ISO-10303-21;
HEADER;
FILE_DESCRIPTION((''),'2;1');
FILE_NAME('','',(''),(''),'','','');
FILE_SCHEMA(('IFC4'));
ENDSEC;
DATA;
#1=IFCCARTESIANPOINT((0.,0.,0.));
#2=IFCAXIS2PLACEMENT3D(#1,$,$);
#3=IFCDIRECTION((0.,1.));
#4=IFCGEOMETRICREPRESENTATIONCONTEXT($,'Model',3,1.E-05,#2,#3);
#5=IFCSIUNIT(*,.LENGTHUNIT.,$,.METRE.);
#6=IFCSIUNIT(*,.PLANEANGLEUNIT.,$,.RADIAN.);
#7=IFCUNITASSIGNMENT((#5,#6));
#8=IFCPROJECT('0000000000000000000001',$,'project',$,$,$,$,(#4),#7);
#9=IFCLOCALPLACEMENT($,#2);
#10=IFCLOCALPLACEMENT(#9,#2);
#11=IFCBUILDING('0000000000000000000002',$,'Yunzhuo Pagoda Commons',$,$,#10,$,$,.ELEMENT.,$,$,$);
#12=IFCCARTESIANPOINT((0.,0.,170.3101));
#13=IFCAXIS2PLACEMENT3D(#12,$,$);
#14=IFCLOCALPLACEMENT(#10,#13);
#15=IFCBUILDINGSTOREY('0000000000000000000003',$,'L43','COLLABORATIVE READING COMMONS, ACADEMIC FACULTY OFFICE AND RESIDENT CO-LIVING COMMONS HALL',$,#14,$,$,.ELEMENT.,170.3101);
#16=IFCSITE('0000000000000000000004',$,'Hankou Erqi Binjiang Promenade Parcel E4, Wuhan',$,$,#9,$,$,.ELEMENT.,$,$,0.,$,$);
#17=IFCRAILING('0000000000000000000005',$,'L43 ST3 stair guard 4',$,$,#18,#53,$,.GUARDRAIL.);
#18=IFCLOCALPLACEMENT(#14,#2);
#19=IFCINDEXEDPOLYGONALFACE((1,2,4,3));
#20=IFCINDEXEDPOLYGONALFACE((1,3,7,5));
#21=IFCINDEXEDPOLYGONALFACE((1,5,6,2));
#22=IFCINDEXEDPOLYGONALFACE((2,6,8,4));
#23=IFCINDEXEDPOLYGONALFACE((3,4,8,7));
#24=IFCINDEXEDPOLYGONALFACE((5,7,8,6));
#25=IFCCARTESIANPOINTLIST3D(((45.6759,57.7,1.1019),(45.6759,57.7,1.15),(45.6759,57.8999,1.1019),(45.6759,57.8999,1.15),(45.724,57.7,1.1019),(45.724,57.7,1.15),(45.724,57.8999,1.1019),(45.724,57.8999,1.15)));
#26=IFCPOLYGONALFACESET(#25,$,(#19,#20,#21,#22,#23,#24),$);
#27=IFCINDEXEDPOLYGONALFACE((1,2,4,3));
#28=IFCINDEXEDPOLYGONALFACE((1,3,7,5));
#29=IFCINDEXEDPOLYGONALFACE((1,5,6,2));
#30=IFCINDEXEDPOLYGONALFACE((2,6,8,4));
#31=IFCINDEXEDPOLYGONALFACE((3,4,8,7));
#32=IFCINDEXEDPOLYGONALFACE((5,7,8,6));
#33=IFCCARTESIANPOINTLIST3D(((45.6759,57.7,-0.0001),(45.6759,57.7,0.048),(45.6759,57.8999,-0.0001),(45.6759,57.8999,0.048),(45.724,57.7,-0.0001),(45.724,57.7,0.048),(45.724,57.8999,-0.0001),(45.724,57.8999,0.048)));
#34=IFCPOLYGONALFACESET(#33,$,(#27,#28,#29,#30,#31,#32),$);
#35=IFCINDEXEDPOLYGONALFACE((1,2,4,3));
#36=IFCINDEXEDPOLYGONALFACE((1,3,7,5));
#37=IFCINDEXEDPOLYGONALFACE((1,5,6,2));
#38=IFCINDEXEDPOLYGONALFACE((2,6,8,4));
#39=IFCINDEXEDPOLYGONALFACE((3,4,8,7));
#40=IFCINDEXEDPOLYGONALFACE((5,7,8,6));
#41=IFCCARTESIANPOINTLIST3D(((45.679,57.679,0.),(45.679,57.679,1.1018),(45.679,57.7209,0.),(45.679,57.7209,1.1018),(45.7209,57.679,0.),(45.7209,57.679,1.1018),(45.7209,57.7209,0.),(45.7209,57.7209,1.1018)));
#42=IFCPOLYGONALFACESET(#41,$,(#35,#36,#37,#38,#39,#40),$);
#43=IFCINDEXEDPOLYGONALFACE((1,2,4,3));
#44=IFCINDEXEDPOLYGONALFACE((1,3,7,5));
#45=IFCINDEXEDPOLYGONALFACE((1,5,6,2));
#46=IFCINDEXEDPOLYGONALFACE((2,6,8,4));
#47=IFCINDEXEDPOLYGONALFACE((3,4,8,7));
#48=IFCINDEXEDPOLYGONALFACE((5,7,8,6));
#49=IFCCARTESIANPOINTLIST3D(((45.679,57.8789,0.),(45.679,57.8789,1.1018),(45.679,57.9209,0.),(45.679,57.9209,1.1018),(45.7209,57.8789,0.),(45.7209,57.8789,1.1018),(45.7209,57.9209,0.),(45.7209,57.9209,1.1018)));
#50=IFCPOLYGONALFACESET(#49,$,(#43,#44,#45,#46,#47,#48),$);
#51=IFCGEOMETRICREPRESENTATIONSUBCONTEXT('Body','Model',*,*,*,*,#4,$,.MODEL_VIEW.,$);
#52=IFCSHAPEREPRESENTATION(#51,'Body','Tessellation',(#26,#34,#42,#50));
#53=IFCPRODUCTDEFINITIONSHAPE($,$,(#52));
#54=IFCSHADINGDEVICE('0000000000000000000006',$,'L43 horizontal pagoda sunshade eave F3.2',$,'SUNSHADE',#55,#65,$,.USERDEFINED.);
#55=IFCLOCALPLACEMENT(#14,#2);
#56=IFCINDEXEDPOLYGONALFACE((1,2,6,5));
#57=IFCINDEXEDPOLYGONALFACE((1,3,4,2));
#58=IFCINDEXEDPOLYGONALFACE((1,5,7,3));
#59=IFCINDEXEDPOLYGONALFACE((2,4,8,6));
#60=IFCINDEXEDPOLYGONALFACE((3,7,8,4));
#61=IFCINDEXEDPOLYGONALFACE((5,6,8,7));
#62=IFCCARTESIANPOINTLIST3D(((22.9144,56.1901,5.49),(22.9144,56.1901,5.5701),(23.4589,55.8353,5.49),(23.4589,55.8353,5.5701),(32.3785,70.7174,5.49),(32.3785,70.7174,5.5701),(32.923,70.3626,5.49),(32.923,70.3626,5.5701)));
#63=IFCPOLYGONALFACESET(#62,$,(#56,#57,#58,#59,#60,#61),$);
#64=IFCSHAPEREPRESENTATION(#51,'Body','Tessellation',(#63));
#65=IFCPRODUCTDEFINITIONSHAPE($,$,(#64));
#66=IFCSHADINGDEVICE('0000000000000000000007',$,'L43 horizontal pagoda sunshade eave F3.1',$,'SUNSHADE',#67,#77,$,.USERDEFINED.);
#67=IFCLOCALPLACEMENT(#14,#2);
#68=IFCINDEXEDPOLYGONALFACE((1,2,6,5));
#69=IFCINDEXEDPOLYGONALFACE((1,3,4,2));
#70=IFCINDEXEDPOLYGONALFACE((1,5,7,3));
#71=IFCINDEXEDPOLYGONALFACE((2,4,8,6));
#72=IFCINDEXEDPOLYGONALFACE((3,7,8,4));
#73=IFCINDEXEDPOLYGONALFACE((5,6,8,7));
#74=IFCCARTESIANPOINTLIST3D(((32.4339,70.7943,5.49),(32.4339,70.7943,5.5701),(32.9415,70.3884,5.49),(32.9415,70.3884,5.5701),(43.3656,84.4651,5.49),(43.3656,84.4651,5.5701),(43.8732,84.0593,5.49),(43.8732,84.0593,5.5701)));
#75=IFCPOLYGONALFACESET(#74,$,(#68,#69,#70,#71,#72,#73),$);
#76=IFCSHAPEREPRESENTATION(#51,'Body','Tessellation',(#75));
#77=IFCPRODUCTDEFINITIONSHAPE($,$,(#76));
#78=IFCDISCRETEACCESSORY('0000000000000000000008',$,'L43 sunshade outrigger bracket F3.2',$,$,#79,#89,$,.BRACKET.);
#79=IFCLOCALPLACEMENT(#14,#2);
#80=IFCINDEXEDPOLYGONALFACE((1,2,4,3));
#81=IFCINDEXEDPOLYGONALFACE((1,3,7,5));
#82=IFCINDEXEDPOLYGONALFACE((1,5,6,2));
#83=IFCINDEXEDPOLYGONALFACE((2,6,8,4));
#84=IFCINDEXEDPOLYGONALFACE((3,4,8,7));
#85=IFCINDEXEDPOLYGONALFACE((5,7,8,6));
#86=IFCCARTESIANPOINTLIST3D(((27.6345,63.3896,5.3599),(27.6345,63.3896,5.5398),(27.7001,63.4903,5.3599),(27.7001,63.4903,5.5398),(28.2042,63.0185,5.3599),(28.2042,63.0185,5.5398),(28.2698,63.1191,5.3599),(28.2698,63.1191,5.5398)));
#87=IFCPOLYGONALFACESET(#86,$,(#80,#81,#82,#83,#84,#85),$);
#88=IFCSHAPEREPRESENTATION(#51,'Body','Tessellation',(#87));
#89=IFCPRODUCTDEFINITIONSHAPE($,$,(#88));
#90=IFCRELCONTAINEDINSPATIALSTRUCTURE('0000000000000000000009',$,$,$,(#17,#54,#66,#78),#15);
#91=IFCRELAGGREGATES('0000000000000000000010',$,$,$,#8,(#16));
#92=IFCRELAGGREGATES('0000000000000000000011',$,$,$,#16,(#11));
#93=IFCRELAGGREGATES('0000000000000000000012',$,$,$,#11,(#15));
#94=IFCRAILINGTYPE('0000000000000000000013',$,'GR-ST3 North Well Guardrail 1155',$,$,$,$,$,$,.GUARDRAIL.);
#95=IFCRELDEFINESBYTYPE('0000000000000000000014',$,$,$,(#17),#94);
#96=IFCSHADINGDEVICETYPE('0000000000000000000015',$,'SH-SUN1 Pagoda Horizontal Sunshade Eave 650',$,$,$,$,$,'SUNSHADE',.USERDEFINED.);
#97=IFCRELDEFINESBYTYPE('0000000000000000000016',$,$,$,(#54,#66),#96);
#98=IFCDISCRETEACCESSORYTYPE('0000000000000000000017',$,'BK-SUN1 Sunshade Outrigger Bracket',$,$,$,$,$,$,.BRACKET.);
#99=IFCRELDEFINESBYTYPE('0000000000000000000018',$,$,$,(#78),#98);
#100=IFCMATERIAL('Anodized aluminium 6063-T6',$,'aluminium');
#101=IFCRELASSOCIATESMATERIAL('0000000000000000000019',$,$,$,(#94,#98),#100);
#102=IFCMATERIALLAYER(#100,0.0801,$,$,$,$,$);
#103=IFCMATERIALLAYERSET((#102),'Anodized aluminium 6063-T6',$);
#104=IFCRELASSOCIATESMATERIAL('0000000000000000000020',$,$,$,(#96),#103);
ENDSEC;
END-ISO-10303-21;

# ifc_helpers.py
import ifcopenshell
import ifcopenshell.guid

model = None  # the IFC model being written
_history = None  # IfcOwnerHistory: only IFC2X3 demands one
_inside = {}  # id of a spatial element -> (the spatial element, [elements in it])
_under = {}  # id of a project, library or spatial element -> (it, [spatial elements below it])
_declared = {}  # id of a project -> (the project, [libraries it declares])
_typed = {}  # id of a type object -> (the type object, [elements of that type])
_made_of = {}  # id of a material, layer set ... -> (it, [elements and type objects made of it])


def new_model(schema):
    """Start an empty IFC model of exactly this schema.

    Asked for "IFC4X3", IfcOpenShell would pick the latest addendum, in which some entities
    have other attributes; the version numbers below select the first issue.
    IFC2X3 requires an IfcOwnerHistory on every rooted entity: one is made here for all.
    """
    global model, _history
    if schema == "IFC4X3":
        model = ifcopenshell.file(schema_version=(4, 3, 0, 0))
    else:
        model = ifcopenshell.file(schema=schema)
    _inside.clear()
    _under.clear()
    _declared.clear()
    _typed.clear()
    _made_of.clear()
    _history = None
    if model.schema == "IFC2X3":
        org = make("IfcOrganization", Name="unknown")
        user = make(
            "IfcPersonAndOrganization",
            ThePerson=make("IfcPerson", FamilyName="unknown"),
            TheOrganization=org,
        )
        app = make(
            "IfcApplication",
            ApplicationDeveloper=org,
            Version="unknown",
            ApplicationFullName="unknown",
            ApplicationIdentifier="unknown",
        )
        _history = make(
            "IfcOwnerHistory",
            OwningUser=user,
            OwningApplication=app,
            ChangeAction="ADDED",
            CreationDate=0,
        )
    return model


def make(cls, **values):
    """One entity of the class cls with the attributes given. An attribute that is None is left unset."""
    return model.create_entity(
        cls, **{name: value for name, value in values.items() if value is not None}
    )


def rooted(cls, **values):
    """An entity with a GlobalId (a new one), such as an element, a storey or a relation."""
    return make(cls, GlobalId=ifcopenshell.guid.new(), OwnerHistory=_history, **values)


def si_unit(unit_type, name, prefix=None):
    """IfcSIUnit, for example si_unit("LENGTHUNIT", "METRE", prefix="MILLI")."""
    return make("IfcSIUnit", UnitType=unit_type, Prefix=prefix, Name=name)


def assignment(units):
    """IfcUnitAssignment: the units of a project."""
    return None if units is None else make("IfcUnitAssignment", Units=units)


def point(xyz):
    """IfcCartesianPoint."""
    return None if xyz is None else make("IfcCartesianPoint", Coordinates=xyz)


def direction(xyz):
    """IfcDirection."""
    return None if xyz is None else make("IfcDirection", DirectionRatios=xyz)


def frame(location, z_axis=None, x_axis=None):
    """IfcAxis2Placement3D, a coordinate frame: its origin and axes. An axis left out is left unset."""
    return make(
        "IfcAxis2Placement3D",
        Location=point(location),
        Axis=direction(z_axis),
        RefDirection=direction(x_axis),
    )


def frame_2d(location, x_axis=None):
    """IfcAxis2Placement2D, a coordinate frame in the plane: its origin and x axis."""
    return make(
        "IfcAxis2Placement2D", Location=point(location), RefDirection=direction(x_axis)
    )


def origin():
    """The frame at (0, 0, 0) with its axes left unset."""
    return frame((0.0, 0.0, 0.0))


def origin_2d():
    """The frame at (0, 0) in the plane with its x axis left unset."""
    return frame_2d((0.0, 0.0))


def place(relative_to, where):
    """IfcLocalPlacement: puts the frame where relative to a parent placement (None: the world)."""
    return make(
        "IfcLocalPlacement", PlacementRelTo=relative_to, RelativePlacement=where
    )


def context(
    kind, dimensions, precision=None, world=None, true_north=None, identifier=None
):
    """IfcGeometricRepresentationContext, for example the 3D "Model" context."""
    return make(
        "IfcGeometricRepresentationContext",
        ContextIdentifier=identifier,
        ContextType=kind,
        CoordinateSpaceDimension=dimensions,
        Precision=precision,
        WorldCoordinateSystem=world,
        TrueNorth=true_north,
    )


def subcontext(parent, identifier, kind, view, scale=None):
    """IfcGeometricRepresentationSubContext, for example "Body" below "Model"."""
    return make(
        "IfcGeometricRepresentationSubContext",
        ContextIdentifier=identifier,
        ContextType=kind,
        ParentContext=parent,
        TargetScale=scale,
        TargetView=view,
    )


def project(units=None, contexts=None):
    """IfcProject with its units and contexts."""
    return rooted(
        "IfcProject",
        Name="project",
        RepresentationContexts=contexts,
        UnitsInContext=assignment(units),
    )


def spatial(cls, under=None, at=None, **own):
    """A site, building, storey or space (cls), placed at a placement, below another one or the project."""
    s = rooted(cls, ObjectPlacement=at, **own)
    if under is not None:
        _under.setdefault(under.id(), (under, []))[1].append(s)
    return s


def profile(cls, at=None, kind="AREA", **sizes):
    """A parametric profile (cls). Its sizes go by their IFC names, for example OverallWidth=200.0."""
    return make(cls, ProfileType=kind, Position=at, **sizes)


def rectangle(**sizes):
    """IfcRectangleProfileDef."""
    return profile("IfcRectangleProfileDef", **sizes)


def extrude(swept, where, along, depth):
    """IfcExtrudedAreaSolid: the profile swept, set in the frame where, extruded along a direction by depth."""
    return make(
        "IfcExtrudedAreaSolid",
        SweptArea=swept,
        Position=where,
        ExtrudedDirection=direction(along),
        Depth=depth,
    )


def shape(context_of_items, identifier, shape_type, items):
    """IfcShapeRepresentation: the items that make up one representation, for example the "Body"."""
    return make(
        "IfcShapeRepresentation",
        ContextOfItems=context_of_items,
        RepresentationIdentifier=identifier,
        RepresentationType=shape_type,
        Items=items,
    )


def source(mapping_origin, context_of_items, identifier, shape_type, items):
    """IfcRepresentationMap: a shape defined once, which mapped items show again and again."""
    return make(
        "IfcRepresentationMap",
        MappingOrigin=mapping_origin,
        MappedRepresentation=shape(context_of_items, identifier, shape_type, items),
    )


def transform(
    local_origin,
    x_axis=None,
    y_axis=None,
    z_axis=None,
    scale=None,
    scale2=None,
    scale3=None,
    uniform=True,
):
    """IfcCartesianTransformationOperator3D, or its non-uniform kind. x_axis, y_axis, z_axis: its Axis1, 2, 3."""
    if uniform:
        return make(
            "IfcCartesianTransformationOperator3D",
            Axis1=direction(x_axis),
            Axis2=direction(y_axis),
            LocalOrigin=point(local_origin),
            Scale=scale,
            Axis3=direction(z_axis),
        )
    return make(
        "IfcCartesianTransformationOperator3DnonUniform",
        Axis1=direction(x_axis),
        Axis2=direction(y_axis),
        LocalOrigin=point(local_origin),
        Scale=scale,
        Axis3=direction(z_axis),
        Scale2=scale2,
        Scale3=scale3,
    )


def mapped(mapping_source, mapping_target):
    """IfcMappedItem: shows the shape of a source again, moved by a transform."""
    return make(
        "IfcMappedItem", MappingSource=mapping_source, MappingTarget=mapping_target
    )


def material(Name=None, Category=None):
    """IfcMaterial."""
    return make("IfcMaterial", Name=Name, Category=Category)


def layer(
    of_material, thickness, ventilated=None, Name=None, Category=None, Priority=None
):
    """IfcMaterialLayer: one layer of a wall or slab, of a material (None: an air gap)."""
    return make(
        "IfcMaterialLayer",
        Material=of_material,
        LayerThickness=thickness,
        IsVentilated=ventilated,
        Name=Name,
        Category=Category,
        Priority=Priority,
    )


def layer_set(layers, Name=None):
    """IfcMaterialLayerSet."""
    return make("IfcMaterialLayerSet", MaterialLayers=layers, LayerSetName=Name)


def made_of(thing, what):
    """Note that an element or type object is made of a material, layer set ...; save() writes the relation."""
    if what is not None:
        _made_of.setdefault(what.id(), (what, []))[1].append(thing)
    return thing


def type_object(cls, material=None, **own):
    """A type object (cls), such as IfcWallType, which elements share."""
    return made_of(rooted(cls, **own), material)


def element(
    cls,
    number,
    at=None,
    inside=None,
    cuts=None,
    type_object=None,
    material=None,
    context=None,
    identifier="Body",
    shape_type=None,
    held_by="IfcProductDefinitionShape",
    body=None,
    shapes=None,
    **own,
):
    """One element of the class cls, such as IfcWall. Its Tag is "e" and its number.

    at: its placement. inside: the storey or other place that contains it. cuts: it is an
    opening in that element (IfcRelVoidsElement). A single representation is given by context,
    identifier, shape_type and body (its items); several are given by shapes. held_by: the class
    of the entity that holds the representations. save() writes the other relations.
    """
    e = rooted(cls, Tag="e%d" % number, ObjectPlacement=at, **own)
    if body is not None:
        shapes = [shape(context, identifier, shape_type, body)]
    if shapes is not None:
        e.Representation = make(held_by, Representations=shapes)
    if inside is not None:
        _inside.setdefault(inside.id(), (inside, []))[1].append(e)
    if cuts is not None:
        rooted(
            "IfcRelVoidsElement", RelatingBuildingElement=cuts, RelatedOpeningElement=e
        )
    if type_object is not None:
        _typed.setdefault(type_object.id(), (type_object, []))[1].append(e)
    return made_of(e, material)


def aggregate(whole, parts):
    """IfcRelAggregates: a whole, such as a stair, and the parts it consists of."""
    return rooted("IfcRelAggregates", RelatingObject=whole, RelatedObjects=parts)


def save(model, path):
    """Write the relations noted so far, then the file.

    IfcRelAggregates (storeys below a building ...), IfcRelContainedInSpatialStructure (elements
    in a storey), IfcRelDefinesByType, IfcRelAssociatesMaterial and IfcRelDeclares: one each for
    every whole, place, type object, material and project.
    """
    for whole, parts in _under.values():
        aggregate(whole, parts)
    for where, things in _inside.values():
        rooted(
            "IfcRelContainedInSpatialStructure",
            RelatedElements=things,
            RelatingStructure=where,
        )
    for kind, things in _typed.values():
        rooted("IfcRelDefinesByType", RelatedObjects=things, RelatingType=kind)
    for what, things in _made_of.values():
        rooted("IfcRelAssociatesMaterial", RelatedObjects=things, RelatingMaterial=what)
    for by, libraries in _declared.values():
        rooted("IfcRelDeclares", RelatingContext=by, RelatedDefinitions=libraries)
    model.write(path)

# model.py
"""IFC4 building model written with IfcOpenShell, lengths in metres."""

from ifc_helpers import new_model, si_unit, direction, frame, origin, origin_2d, place, context, subcontext, project, spatial, rectangle, extrude, source, transform, mapped, material, layer, layer_set, type_object, element, save


model = new_model("IFC4")

# Units and contexts
model_context = context("Model", 3, precision=1e-05, world=origin(), true_north=direction((0.0, 1.0)))
body_context = subcontext(model_context, "Body", "Model", "MODEL_VIEW")
ifc_project = project(units=[si_unit("LENGTHUNIT", "METRE"), si_unit("PLANEANGLEUNIT", "RADIAN")], contexts=[model_context])

# Site, building, storey
site_placement = place(None, origin())
site = spatial("IfcSite", under=ifc_project, at=site_placement, Name="Hankou Erqi Binjiang Promenade Parcel E4, Wuhan", CompositionType="ELEMENT", RefElevation=0.0)
building_placement = place(site_placement, origin())
building = spatial("IfcBuilding", under=site, at=building_placement, Name="Yunzhuo Pagoda Commons", CompositionType="ELEMENT")
storey_placement = place(building_placement, frame((0.0, 0.0, 170.3101)))
storey = spatial("IfcBuildingStorey", under=building, at=storey_placement, Name="L43", Description="COLLABORATIVE READING COMMONS, ACADEMIC FACULTY OFFICE AND RESIDENT CO-LIVING COMMONS HALL", CompositionType="ELEMENT", Elevation=170.3101)

# Shared definitions
ifc_material_1 = material(Name="Anodized aluminium 6063-T6", Category="aluminium")

# Railing
railing_type = type_object("IfcRailingType", Name="GR-ST3 North Well Guardrail 1155", PredefinedType="GUARDRAIL", material=ifc_material_1)
railing_placement = place(storey_placement, frame((45.7, 57.7, 0.0)))
element("IfcRailing", 1, at=railing_placement, inside=storey, type_object=railing_type, Name="L43 ST3 stair guard 4", PredefinedType="GUARDRAIL", context=body_context, shape_type="SweptSolid", body=[
    extrude(rectangle(XDim=0.0481, YDim=0.0481, at=origin_2d()), frame((0.0, 0.0, 1.126), z_axis=(0.0, 1.0, 0.0), x_axis=(-1.0, 0.0, 0.0)), (0.0, 0.0, 1.0), 0.2),
    extrude(rectangle(XDim=0.0481, YDim=0.0481, at=origin_2d()), frame((0.0, 0.0, 0.0239), z_axis=(0.0, 1.0, 0.0), x_axis=(-1.0, 0.0, 0.0)), (0.0, 0.0, 1.0), 0.2),
    extrude(rectangle(XDim=0.042, YDim=0.042, at=origin_2d()), origin(), (0.0, 0.0, 1.0), 1.1018),
    extrude(rectangle(XDim=0.042, YDim=0.042, at=origin_2d()), frame((0.0, 0.2, 0.0)), (0.0, 0.0, 1.0), 1.1018),
])

# Shading devices
ifc_layer_1 = layer(ifc_material_1, 0.0801)
ifc_layer_set_1 = layer_set([ifc_layer_1], Name="Anodized aluminium 6063-T6")
shading_device_type = type_object("IfcShadingDeviceType", Name="SH-SUN1 Pagoda Horizontal Sunshade Eave 650", ElementType="SUNSHADE", PredefinedType="USERDEFINED", material=ifc_layer_set_1)
shared_shape_1 = source(origin(), body_context, "Body", "SweptSolid", [
    extrude(rectangle(XDim=17.3381, YDim=0.6499, at=origin_2d()), origin(), (0.0, 0.0, 1.0), 0.0801),
])
shading_device_1_placement = place(storey_placement, frame((27.9187, 63.2764, 5.49), z_axis=(0.0, 0.0, 1.0), x_axis=(-0.545853, -0.837881, 0.0)))
element("IfcShadingDevice", 2, at=shading_device_1_placement, inside=storey, type_object=shading_device_type, Name="L43 horizontal pagoda sunshade eave F3.2", ObjectType="SUNSHADE", PredefinedType="USERDEFINED", context=body_context, shape_type="MappedRepresentation", body=[
    mapped(shared_shape_1, transform((0.0, 0.0, 0.0), scale=1.0)),
])
shared_shape_2 = source(origin(), body_context, "Body", "SweptSolid", [
    extrude(rectangle(XDim=17.5042, YDim=0.6499, at=origin_2d()), origin(), (0.0, 0.0, 1.0), 0.0801),
])
shading_device_2_placement = place(storey_placement, frame((38.1536, 77.4268, 5.49), z_axis=(0.0, 0.0, 1.0), x_axis=(-0.62452, -0.781008, 0.0)))
element("IfcShadingDevice", 3, at=shading_device_2_placement, inside=storey, type_object=shading_device_type, Name="L43 horizontal pagoda sunshade eave F3.1", ObjectType="SUNSHADE", PredefinedType="USERDEFINED", context=body_context, shape_type="MappedRepresentation", body=[
    mapped(shared_shape_2, transform((0.0, 0.0, 0.0), scale=1.0)),
])

# Discrete accessory
discrete_accessory_type = type_object("IfcDiscreteAccessoryType", Name="BK-SUN1 Sunshade Outrigger Bracket", PredefinedType="BRACKET", material=ifc_material_1)
shared_shape_3 = source(origin(), body_context, "Body", "SweptSolid", [
    extrude(rectangle(XDim=0.1201, YDim=0.6799, at=origin_2d()), origin(), (0.0, 0.0, 1.0), 0.1799),
])
discrete_accessory_placement = place(storey_placement, frame((27.9521, 63.2544, 5.3599), z_axis=(0.0, 0.0, 1.0), x_axis=(-0.545853, -0.837881, 0.0)))
element("IfcDiscreteAccessory", 4, at=discrete_accessory_placement, inside=storey, type_object=discrete_accessory_type, Name="L43 sunshade outrigger bracket F3.2", PredefinedType="BRACKET", context=body_context, shape_type="MappedRepresentation", body=[
    mapped(shared_shape_3, transform((0.0, 0.0, 0.0), scale=1.0)),
])

save(model, "model.ifc")
